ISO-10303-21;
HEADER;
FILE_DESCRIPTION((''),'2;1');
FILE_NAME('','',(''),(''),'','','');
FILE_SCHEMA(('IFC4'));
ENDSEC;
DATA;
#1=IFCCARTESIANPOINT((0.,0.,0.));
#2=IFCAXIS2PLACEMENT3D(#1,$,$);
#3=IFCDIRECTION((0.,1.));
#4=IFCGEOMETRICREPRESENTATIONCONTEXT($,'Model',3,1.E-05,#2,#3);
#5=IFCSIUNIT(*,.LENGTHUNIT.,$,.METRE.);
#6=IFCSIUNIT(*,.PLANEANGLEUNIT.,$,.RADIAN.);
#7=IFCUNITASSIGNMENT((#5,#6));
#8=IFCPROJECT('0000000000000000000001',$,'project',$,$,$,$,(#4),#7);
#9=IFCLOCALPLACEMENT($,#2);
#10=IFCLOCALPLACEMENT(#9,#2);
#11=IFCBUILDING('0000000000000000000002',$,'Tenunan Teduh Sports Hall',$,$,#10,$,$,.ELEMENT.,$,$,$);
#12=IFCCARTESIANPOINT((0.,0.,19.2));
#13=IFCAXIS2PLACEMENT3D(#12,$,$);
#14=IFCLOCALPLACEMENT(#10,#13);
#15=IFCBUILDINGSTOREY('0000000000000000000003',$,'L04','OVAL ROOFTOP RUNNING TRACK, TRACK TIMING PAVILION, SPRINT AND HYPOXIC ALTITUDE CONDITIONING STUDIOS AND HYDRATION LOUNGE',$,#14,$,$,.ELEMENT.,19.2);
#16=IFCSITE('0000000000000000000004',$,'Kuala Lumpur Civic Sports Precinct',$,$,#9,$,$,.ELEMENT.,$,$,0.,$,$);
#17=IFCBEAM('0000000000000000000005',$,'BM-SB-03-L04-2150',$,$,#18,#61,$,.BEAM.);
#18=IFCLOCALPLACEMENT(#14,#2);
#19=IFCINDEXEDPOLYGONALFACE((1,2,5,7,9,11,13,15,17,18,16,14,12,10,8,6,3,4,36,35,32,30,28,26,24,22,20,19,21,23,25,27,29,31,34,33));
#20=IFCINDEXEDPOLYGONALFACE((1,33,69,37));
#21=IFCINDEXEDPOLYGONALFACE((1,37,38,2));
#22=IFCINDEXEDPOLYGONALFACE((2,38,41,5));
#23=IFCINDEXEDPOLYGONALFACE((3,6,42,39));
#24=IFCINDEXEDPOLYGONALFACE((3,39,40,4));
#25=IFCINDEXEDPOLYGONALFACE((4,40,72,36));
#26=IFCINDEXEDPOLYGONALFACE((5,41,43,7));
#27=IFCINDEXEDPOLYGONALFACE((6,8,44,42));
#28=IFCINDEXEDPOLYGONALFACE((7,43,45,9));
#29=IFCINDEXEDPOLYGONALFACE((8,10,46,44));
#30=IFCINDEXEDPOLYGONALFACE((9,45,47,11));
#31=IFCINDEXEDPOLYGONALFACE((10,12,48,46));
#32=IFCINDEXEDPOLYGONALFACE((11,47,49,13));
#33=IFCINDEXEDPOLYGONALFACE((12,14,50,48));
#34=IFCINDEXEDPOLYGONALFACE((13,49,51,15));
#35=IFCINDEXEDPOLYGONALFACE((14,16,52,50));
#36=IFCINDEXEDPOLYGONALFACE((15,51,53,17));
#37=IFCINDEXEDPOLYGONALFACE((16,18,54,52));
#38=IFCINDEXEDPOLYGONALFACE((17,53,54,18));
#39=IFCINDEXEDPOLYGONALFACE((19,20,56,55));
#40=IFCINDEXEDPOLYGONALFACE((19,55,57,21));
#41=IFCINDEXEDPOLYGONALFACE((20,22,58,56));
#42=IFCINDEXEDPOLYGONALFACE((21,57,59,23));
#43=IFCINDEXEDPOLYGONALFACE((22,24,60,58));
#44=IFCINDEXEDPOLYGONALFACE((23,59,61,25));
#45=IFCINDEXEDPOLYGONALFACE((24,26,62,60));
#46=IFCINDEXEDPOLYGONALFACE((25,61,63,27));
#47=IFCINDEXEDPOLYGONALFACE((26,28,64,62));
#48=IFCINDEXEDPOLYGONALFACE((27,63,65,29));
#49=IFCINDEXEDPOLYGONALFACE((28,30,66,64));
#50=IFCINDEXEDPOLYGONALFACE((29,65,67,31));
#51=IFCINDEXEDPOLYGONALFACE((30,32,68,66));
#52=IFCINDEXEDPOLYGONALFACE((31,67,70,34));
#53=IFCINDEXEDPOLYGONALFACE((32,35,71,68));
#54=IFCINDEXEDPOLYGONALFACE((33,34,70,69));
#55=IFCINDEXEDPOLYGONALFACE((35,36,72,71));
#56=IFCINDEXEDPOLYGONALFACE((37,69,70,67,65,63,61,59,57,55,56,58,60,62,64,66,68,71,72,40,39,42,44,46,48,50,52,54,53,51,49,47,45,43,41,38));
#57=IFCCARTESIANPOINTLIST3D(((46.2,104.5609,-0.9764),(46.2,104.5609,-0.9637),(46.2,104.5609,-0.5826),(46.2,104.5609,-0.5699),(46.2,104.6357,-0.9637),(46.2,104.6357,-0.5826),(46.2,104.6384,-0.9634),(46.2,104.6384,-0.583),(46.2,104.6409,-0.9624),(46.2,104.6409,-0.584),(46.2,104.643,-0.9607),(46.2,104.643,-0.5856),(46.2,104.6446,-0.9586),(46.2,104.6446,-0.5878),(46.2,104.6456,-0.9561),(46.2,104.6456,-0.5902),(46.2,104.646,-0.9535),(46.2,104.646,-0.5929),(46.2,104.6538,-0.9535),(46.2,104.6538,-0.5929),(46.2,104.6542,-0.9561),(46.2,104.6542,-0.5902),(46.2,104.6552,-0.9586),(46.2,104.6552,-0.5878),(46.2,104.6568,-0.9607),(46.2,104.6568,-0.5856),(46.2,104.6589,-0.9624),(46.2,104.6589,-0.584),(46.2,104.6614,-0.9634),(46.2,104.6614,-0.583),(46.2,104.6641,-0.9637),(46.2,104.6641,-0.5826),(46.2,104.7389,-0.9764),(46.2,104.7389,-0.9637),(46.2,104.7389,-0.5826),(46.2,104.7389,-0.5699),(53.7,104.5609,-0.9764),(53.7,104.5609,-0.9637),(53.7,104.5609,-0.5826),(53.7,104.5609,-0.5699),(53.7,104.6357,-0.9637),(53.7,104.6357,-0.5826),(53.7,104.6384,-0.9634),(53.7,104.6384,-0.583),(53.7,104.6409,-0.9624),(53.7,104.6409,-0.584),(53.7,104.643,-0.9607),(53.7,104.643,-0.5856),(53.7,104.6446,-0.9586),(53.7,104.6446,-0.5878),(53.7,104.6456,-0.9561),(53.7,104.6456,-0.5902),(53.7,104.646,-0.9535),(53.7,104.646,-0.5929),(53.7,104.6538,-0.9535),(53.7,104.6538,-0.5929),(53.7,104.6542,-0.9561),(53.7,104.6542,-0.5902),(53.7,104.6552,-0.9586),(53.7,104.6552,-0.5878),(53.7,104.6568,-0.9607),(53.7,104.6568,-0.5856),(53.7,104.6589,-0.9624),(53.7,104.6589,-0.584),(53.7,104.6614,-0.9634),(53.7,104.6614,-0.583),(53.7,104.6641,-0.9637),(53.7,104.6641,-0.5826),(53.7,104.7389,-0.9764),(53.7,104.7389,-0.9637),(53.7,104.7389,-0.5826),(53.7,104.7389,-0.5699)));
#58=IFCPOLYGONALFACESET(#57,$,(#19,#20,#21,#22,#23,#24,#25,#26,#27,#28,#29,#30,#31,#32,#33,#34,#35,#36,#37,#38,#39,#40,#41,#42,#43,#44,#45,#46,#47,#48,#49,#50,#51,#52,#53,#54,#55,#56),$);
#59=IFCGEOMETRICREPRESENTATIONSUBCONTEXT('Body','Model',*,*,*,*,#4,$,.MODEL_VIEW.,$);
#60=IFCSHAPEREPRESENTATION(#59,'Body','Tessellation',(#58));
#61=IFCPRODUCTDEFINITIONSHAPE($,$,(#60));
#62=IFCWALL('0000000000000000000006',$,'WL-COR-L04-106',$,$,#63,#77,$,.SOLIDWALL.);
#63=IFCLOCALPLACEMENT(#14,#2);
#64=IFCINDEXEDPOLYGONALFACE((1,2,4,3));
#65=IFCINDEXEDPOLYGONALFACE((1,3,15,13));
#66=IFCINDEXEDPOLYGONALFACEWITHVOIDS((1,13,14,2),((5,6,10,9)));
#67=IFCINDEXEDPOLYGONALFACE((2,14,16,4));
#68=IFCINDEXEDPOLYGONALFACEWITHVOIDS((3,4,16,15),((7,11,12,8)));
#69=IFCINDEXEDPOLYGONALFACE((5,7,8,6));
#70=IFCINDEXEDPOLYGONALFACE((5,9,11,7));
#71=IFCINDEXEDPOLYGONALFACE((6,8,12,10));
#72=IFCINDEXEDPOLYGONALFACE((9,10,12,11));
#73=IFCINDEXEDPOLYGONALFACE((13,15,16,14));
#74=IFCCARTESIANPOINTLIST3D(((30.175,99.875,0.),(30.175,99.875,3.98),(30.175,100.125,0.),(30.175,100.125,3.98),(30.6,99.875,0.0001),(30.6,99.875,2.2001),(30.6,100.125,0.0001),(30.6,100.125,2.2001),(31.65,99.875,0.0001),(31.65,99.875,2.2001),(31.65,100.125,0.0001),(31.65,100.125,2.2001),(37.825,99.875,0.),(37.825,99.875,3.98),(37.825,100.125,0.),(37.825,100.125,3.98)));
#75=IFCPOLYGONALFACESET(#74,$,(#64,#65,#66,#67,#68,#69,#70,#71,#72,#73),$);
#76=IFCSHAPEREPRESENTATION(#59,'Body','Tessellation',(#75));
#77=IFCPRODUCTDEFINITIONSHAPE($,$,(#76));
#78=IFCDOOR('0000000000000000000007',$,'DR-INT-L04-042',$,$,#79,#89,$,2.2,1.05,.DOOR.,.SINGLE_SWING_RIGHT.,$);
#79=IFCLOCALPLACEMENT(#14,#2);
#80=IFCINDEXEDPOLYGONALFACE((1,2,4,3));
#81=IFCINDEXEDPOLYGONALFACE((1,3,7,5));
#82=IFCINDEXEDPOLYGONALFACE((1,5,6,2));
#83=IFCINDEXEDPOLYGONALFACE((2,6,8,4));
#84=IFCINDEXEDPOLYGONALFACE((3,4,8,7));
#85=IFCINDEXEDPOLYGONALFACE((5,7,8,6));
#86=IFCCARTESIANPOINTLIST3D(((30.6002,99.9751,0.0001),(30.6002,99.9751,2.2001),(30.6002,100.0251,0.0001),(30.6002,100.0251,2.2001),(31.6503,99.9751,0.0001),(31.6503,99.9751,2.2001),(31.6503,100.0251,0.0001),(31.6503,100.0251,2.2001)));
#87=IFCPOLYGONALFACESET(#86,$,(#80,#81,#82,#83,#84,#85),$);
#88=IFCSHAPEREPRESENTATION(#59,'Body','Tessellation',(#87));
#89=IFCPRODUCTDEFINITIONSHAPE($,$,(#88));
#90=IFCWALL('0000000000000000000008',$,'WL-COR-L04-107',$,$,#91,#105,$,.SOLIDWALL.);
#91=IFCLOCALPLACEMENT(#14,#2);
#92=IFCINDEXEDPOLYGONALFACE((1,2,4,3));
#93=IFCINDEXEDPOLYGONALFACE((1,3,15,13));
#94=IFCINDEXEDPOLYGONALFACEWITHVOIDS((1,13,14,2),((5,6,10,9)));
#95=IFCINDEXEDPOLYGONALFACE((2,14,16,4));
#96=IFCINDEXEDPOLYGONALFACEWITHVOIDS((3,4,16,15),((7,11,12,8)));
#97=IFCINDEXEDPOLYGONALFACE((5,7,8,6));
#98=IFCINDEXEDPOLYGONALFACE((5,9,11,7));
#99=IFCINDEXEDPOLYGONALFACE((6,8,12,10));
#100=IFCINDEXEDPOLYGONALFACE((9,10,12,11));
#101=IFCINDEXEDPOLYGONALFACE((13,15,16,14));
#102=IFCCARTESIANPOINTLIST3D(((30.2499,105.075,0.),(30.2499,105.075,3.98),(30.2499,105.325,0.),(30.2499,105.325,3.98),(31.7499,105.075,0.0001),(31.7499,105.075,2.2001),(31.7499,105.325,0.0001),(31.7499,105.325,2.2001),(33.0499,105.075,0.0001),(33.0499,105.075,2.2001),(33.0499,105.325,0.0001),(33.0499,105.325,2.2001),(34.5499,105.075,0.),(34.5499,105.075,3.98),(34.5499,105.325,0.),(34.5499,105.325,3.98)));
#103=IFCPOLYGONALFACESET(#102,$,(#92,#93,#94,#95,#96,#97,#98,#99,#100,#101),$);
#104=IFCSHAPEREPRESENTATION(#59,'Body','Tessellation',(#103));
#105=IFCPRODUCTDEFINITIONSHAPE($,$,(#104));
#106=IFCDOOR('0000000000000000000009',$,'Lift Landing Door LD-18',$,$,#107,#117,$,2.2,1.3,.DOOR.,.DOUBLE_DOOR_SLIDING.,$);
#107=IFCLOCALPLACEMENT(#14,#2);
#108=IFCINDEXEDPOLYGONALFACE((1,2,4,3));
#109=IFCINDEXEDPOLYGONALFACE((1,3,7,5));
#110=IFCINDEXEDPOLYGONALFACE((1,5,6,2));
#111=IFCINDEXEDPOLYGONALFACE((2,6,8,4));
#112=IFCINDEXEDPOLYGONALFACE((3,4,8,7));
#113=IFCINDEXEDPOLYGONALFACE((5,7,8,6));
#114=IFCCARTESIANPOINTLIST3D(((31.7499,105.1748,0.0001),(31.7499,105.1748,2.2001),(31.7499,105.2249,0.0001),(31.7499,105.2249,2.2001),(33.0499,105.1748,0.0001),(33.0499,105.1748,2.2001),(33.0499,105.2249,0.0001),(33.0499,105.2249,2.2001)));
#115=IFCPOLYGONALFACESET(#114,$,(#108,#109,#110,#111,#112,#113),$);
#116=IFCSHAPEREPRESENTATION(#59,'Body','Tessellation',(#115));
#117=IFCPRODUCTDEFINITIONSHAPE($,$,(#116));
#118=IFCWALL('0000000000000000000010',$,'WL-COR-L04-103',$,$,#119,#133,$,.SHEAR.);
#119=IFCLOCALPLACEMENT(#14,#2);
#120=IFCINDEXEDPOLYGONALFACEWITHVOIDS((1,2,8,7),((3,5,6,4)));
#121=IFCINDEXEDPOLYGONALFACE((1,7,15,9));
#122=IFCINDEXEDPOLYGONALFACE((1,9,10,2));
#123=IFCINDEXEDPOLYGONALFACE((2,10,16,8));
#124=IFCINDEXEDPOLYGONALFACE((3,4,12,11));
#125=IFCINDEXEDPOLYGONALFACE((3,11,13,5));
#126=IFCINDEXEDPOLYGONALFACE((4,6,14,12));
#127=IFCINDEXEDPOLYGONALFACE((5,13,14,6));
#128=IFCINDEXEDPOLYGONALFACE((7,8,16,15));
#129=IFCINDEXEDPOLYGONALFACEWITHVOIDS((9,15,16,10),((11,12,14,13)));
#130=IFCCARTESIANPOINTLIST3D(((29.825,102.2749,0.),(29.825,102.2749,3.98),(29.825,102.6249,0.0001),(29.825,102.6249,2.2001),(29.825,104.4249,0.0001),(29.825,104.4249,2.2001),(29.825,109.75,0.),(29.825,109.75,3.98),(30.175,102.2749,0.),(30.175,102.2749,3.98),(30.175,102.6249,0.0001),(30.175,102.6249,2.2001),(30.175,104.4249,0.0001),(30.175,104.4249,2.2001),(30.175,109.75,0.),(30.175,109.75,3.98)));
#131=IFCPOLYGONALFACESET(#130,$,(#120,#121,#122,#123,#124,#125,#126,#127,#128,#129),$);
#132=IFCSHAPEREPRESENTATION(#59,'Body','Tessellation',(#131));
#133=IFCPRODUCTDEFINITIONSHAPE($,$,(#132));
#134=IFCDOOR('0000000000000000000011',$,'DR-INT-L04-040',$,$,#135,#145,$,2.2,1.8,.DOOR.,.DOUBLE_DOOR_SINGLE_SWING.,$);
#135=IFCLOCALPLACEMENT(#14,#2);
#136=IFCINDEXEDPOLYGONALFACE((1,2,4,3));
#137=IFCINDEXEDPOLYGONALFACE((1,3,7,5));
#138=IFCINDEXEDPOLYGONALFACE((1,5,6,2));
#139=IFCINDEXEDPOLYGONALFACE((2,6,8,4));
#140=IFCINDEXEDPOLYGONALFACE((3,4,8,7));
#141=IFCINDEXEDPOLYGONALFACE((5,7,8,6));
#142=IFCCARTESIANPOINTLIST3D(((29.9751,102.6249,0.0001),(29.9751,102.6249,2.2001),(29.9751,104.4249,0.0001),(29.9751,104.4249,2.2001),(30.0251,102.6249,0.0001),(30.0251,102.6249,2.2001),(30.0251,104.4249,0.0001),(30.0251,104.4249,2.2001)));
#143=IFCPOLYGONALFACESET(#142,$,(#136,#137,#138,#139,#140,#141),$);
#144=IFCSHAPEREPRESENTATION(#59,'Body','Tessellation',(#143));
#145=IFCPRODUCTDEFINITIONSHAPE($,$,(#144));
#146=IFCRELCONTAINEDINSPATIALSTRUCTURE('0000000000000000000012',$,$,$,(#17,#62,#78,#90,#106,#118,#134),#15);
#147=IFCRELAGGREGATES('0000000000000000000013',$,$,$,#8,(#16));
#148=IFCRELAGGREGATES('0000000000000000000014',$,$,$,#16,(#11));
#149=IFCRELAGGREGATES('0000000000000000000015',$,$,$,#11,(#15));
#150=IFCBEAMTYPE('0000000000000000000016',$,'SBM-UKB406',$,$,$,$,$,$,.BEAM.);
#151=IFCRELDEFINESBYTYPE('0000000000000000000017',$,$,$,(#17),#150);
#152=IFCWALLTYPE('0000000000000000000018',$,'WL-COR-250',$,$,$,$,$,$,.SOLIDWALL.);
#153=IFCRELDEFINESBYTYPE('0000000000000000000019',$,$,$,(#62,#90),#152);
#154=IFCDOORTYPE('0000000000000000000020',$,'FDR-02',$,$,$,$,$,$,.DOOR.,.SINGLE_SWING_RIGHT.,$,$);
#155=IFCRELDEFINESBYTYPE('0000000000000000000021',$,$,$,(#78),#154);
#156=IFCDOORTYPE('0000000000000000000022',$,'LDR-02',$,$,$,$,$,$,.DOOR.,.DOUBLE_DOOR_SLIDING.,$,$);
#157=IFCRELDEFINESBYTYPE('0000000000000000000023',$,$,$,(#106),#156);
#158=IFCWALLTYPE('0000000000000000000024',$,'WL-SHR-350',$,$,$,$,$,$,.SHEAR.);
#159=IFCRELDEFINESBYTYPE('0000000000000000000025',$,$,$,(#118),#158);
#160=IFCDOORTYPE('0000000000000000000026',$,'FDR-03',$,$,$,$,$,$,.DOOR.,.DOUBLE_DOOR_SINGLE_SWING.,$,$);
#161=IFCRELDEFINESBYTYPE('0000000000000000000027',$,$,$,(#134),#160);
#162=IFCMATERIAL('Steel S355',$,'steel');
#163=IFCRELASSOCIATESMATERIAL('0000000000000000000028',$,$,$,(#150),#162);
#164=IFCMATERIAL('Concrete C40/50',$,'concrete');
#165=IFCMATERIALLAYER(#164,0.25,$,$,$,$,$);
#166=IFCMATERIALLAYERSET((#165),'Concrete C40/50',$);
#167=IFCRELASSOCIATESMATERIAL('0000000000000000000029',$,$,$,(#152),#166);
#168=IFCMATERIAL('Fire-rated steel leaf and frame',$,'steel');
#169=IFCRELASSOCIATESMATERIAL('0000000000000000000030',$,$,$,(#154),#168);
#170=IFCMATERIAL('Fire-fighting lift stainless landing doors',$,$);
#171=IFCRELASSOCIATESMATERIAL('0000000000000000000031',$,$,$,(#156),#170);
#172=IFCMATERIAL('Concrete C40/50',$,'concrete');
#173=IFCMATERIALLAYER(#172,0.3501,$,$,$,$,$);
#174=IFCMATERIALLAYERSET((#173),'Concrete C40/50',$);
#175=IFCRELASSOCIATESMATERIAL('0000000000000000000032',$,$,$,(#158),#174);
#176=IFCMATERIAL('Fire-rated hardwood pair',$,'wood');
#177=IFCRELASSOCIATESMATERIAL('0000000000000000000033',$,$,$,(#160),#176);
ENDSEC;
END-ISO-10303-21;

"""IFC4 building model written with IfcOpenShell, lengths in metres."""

from ifc_helpers import new_model, si_unit, direction, frame, frame_2d, origin, origin_2d, place, context, subcontext, project, spatial, rectangle, i_section, extrude, material, layer, layer_set, material_profile, profile_set, type_object, element, fill, save


model = new_model("IFC4")

# Units and contexts
model_context = context("Model", 3, precision=1e-05, world=origin(), true_north=direction((0.0, 1.0)))
body_context = subcontext(model_context, "Body", "Model", "MODEL_VIEW")
ifc_project = project(units=[si_unit("LENGTHUNIT", "METRE"), si_unit("PLANEANGLEUNIT", "RADIAN")], contexts=[model_context])

# Site, building, storey
site_placement = place(None, origin())
site = spatial("IfcSite", under=ifc_project, at=site_placement, Name="Kuala Lumpur Civic Sports Precinct", CompositionType="ELEMENT", RefElevation=0.0)
building_placement = place(site_placement, origin())
building = spatial("IfcBuilding", under=site, at=building_placement, Name="Tenunan Teduh Sports Hall", CompositionType="ELEMENT")
storey_placement = place(building_placement, frame((0.0, 0.0, 19.2)))
storey = spatial("IfcBuildingStorey", under=building, at=storey_placement, Name="L04", Description="OVAL ROOFTOP RUNNING TRACK, TRACK TIMING PAVILION, SPRINT AND HYPOXIC ALTITUDE CONDITIONING STUDIOS AND HYDRATION LOUNGE", CompositionType="ELEMENT", Elevation=19.2)

# Beam
ifc_material_1 = material(Name="Steel S355", Category="steel")
ifc_material_profile_1 = material_profile(ifc_material_1, i_section(OverallWidth=0.178, OverallDepth=0.4065, WebThickness=0.0078, FlangeThickness=0.0127, FilletRadius=0.0103, at=origin_2d()), Name="UKB 406x178x60")
ifc_profile_set_1 = profile_set([ifc_material_profile_1], Name="Steel S355")
beam_type_1 = type_object("IfcBeamType", Name="SBM-UKB406", PredefinedType="BEAM", material=ifc_profile_set_1)
beam_1_placement = place(storey_placement, frame((46.2, 104.6499, -0.7732), z_axis=(1.0, 0.0, 0.0), x_axis=(0.0, 1.0, 0.0)))
element("IfcBeam", 1, at=beam_1_placement, inside=storey, type_object=beam_type_1, Name="BM-SB-03-L04-2150", PredefinedType="BEAM", context=body_context, shape_type="SweptSolid", body=[
    extrude(i_section(OverallWidth=0.178, OverallDepth=0.4065, WebThickness=0.0078, FlangeThickness=0.0127, FilletRadius=0.0103, at=origin_2d()), origin(), (0.0, 0.0, 1.0), 7.5),
])

# Walls, openings, doors
ifc_material_2 = material(Name="Concrete C40/50", Category="concrete")
ifc_layer_1 = layer(ifc_material_2, 0.25)
ifc_layer_set_1 = layer_set([ifc_layer_1], Name="Concrete C40/50")
wall_type_1 = type_object("IfcWallType", Name="WL-COR-250", PredefinedType="SOLIDWALL", material=ifc_layer_set_1)
wall_1_placement = place(storey_placement, frame((30.175, 100.0, 0.0), z_axis=(0.0, 0.0, 1.0), x_axis=(1.0, 0.0, 0.0)))
wall_1 = element("IfcWall", 2, at=wall_1_placement, inside=storey, type_object=wall_type_1, Name="WL-COR-L04-106", PredefinedType="SOLIDWALL", context=body_context, shape_type="SweptSolid", body=[
    extrude(rectangle(XDim=7.6499, YDim=0.25, at=frame_2d((3.825, 0.0))), origin(), (0.0, 0.0, 1.0), 3.98),
])
opening_1_placement = place(wall_1_placement, frame((0.425, 0.0, 0.0)))
opening_1 = element("IfcOpeningElement", 3, at=opening_1_placement, cuts=wall_1, PredefinedType="OPENING", context=body_context, shape_type="SweptSolid", body=[
    extrude(rectangle(XDim=1.05, YDim=2.2, at=frame_2d((0.5249, 1.1001))), frame((0.0, 0.135, 0.0), z_axis=(0.0, -1.0, 0.0), x_axis=(1.0, 0.0, 0.0)), (0.0, 0.0, 1.0), 0.27),
])
ifc_material_3 = material(Name="Fire-rated steel leaf and frame", Category="steel")
door_type_1 = type_object("IfcDoorType", Name="FDR-02", OperationType="SINGLE_SWING_RIGHT", PredefinedType="DOOR", material=ifc_material_3)
door_1_placement = place(opening_1_placement, frame((1.05, 0.0, 0.0), z_axis=(0.0, 0.0, 1.0), x_axis=(-1.0, 0.0, 0.0)))
door_1 = element("IfcDoor", 4, at=door_1_placement, inside=storey, type_object=door_type_1, Name="DR-INT-L04-042", OperationType="SINGLE_SWING_RIGHT", OverallHeight=2.2, OverallWidth=1.05, PredefinedType="DOOR", context=body_context, shape_type="SweptSolid", body=[
    extrude(rectangle(XDim=1.05, YDim=2.2, at=frame_2d((0.5249, 1.1001))), frame((0.0, 0.0249, 0.0), z_axis=(0.0, -1.0, 0.0), x_axis=(1.0, 0.0, 0.0)), (0.0, 0.0, 1.0), 0.05),
])
fill(opening_1, door_1)
wall_2_placement = place(storey_placement, frame((30.25, 105.2, 0.0), z_axis=(0.0, 0.0, 1.0), x_axis=(1.0, 0.0, 0.0)))
wall_2 = element("IfcWall", 5, at=wall_2_placement, inside=storey, type_object=wall_type_1, Name="WL-COR-L04-107", PredefinedType="SOLIDWALL", context=body_context, shape_type="SweptSolid", body=[
    extrude(rectangle(XDim=4.3, YDim=0.25, at=frame_2d((2.1499, 0.0))), origin(), (0.0, 0.0, 1.0), 3.98),
])
opening_2_placement = place(wall_2_placement, frame((1.5, 0.0, 0.0)))
opening_2 = element("IfcOpeningElement", 6, at=opening_2_placement, cuts=wall_2, PredefinedType="OPENING", context=body_context, shape_type="SweptSolid", body=[
    extrude(rectangle(XDim=1.3, YDim=2.2, at=frame_2d((0.6499, 1.1001))), frame((0.0, 0.135, 0.0), z_axis=(0.0, -1.0, 0.0), x_axis=(1.0, 0.0, 0.0)), (0.0, 0.0, 1.0), 0.27),
])
ifc_material_4 = material(Name="Fire-fighting lift stainless landing doors")
door_type_2 = type_object("IfcDoorType", Name="LDR-02", OperationType="DOUBLE_DOOR_SLIDING", PredefinedType="DOOR", material=ifc_material_4)
door_2_placement = place(opening_2_placement, origin())
door_2 = element("IfcDoor", 7, at=door_2_placement, inside=storey, type_object=door_type_2, Name="Lift Landing Door LD-18", OperationType="DOUBLE_DOOR_SLIDING", OverallHeight=2.2, OverallWidth=1.3, PredefinedType="DOOR", context=body_context, shape_type="SweptSolid", body=[
    extrude(rectangle(XDim=1.3, YDim=2.2, at=frame_2d((0.6499, 1.1001))), frame((0.0, 0.0249, 0.0), z_axis=(0.0, -1.0, 0.0), x_axis=(1.0, 0.0, 0.0)), (0.0, 0.0, 1.0), 0.05),
])
fill(opening_2, door_2)
ifc_material_5 = material(Name="Concrete C40/50", Category="concrete")
ifc_layer_2 = layer(ifc_material_5, 0.3501)
ifc_layer_set_2 = layer_set([ifc_layer_2], Name="Concrete C40/50")
wall_type_2 = type_object("IfcWallType", Name="WL-SHR-350", PredefinedType="SHEAR", material=ifc_layer_set_2)
wall_3_placement = place(storey_placement, frame((30.0, 102.2749, 0.0), z_axis=(0.0, 0.0, 1.0), x_axis=(0.0, 1.0, 0.0)))
wall_3 = element("IfcWall", 8, at=wall_3_placement, inside=storey, type_object=wall_type_2, Name="WL-COR-L04-103", PredefinedType="SHEAR", context=body_context, shape_type="SweptSolid", body=[
    extrude(rectangle(XDim=7.4751, YDim=0.3501, at=frame_2d((3.7375, 0.0))), origin(), (0.0, 0.0, 1.0), 3.98),
])
opening_3_placement = place(wall_3_placement, frame((0.3501, 0.0, 0.0)))
opening_3 = element("IfcOpeningElement", 9, at=opening_3_placement, cuts=wall_3, PredefinedType="OPENING", context=body_context, shape_type="SweptSolid", body=[
    extrude(rectangle(XDim=1.8, YDim=2.2, at=frame_2d((0.8999, 1.1001))), frame((0.0, 0.1851, 0.0), z_axis=(0.0, -1.0, 0.0), x_axis=(1.0, 0.0, 0.0)), (0.0, 0.0, 1.0), 0.3701),
])
ifc_material_6 = material(Name="Fire-rated hardwood pair", Category="wood")
door_type_3 = type_object("IfcDoorType", Name="FDR-03", OperationType="DOUBLE_DOOR_SINGLE_SWING", PredefinedType="DOOR", material=ifc_material_6)
door_3_placement = place(opening_3_placement, origin())
door_3 = element("IfcDoor", 10, at=door_3_placement, inside=storey, type_object=door_type_3, Name="DR-INT-L04-040", OperationType="DOUBLE_DOOR_SINGLE_SWING", OverallHeight=2.2, OverallWidth=1.8, PredefinedType="DOOR", context=body_context, shape_type="SweptSolid", body=[
    extrude(rectangle(XDim=1.8, YDim=2.2, at=frame_2d((0.8999, 1.1001))), frame((0.0, 0.0249, 0.0), z_axis=(0.0, -1.0, 0.0), x_axis=(1.0, 0.0, 0.0)), (0.0, 0.0, 1.0), 0.05),
])
fill(opening_3, door_3)

save(model, "model.ifc")
